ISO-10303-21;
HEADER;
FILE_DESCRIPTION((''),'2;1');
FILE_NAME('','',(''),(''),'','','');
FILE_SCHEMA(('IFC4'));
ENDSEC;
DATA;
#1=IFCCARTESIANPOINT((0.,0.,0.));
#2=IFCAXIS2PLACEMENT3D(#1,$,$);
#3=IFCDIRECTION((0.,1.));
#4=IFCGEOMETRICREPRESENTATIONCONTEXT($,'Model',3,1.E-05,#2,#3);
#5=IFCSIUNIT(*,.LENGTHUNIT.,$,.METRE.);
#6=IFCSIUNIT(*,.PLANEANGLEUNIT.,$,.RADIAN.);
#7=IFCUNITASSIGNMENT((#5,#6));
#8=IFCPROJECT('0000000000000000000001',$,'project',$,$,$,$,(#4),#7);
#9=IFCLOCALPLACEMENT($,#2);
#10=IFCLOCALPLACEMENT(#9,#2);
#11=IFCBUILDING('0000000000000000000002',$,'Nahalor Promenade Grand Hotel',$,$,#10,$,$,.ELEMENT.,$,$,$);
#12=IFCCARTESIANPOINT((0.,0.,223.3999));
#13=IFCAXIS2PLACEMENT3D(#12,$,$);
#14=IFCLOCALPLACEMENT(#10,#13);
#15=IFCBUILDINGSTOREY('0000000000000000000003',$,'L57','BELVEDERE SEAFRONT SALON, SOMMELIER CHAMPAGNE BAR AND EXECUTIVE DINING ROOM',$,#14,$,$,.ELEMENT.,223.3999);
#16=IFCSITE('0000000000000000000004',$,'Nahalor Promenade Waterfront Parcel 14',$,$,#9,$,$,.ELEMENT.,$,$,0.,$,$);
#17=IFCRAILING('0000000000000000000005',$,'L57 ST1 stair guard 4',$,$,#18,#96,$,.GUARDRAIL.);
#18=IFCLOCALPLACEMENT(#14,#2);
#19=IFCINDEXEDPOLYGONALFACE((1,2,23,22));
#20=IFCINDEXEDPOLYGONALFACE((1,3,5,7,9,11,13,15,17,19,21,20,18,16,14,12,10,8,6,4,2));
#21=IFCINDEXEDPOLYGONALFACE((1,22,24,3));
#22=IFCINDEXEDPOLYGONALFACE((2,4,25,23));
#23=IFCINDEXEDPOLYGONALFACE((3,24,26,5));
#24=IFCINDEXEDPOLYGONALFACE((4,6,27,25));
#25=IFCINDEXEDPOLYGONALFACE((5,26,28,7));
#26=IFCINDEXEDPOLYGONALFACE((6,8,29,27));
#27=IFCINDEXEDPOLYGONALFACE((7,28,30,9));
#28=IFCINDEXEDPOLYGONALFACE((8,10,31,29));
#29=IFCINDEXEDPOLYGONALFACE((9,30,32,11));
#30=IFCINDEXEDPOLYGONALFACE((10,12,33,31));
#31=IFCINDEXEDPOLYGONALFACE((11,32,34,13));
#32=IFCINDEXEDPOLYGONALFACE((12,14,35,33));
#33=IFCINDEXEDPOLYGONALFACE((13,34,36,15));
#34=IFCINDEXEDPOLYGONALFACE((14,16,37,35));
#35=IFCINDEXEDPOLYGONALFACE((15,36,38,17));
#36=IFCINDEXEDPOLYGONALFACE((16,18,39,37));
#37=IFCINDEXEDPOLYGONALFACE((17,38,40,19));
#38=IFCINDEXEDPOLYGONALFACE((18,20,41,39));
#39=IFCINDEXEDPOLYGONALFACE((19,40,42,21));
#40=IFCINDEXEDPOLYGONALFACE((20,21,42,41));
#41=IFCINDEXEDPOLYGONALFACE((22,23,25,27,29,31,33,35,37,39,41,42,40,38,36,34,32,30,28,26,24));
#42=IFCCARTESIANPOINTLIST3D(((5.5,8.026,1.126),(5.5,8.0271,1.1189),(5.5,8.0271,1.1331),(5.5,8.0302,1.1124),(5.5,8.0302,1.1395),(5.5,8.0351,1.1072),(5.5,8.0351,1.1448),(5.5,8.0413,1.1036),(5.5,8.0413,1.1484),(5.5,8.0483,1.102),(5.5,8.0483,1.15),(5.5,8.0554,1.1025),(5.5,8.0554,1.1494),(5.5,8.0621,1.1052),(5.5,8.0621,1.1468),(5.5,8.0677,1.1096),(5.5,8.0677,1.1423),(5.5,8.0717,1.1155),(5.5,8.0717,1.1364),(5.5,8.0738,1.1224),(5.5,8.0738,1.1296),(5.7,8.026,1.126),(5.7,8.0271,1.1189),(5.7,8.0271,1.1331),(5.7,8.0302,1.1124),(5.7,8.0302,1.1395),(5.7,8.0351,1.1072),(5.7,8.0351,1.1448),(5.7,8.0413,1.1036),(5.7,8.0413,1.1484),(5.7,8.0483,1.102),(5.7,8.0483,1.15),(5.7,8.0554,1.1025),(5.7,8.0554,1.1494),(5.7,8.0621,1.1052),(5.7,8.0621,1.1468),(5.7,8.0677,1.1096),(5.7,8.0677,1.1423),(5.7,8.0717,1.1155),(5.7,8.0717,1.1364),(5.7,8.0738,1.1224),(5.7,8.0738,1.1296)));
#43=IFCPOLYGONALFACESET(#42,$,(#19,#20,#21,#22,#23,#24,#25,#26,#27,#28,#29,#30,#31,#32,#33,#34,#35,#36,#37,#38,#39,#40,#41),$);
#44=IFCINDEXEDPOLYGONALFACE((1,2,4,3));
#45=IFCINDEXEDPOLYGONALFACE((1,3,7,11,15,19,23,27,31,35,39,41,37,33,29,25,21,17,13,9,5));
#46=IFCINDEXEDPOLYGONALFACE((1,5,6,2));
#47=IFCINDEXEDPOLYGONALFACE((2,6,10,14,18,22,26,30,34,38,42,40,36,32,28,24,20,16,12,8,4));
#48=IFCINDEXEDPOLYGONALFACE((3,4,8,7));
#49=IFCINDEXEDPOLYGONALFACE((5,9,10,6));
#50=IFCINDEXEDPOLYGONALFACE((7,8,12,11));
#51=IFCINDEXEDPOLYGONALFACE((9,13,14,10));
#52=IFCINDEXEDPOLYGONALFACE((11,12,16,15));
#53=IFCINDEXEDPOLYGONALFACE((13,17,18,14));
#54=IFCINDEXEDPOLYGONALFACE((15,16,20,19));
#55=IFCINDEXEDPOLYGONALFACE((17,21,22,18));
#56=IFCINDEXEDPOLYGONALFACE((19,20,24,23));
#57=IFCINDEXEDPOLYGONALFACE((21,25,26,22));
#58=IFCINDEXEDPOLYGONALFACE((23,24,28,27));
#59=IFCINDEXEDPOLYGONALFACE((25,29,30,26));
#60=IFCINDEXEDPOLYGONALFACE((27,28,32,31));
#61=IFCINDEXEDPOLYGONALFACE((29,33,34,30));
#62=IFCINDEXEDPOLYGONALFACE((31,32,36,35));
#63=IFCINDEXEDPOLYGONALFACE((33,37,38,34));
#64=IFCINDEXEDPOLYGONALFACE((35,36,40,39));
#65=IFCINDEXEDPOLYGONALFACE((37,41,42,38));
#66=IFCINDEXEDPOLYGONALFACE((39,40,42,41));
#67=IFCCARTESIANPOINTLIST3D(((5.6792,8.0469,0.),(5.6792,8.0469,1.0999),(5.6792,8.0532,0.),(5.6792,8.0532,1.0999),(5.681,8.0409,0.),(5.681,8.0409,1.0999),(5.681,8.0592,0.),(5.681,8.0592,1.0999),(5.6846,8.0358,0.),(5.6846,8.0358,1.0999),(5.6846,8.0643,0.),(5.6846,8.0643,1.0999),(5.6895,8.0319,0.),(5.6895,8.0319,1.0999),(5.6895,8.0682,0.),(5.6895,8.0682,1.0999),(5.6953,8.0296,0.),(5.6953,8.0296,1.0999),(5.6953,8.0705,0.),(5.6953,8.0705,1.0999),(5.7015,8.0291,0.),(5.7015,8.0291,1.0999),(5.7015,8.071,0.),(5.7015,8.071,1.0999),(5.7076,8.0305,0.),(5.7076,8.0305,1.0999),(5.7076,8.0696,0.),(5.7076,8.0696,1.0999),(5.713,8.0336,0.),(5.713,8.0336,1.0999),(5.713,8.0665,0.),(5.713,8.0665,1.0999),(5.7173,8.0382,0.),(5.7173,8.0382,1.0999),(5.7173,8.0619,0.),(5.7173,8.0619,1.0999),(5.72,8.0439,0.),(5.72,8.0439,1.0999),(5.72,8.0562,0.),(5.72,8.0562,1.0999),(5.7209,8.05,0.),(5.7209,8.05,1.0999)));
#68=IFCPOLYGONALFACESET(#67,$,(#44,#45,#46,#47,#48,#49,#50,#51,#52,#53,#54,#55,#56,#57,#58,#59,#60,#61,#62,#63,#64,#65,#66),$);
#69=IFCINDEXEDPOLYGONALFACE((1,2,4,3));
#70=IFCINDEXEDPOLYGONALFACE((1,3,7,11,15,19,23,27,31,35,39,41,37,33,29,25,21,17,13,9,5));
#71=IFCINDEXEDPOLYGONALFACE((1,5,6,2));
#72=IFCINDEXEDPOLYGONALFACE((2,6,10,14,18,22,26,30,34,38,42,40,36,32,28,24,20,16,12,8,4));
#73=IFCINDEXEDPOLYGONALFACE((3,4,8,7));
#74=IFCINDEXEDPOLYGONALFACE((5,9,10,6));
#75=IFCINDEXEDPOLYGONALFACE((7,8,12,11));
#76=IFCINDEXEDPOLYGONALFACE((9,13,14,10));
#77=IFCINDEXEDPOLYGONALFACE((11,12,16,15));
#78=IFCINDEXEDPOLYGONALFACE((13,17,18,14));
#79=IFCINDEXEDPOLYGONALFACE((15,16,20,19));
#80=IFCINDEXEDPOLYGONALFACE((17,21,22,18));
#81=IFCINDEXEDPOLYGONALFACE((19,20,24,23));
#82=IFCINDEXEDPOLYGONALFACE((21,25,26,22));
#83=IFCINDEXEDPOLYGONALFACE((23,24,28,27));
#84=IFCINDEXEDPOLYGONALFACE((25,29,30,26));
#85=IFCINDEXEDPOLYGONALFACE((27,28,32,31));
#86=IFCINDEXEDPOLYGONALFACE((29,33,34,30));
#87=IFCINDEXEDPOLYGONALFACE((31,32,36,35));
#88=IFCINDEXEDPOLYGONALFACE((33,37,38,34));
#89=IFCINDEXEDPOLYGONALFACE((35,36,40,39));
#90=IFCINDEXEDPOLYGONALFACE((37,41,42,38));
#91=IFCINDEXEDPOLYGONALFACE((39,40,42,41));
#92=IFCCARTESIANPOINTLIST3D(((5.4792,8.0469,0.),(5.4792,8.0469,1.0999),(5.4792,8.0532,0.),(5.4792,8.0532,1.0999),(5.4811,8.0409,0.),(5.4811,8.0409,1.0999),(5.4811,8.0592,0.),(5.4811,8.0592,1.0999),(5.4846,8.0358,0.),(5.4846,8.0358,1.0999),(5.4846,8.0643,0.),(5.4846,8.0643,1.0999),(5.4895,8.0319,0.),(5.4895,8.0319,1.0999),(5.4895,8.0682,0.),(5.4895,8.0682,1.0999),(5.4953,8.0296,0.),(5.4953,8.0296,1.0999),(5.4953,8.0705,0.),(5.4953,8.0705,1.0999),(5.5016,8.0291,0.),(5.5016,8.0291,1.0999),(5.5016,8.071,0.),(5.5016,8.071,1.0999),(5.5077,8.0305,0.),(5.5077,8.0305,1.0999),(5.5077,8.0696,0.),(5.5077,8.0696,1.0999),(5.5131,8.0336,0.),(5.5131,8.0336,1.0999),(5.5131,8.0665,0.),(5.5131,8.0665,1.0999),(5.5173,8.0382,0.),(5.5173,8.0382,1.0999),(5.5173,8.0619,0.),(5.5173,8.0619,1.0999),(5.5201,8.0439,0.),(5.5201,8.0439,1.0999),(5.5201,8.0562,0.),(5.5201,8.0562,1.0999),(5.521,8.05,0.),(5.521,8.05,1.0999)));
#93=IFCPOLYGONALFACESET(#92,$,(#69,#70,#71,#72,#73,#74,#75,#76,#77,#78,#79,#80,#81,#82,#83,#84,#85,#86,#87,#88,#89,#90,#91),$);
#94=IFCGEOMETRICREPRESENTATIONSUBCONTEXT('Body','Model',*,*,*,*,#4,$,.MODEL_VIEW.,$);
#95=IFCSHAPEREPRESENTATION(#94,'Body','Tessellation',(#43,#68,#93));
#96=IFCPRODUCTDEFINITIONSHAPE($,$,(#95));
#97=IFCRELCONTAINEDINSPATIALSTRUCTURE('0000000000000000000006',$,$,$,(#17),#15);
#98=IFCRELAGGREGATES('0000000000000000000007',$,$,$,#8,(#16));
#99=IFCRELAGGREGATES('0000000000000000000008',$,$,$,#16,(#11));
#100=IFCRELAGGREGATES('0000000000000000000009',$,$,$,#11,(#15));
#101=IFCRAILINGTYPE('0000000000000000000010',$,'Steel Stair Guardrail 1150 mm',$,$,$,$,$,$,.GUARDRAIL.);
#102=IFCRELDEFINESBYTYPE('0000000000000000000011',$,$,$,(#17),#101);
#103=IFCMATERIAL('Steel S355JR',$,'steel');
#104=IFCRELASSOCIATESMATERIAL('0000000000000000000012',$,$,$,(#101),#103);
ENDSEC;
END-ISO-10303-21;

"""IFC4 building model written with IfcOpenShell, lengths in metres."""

from ifc_helpers import new_model, si_unit, direction, frame, origin, origin_2d, place, context, subcontext, project, spatial, circle, extrude, material, type_object, element, save


model = new_model("IFC4")

# Units and contexts
model_context = context("Model", 3, precision=1e-05, world=origin(), true_north=direction((0.0, 1.0)))
body_context = subcontext(model_context, "Body", "Model", "MODEL_VIEW")
ifc_project = project(units=[si_unit("LENGTHUNIT", "METRE"), si_unit("PLANEANGLEUNIT", "RADIAN")], contexts=[model_context])

# Site, building, storey
site_placement = place(None, origin())
site = spatial("IfcSite", under=ifc_project, at=site_placement, Name="Nahalor Promenade Waterfront Parcel 14", CompositionType="ELEMENT", RefElevation=0.0)
building_placement = place(site_placement, origin())
building = spatial("IfcBuilding", under=site, at=building_placement, Name="Nahalor Promenade Grand Hotel", CompositionType="ELEMENT")
storey_placement = place(building_placement, frame((0.0, 0.0, 223.3999)))
storey = spatial("IfcBuildingStorey", under=building, at=storey_placement, Name="L57", Description="BELVEDERE SEAFRONT SALON, SOMMELIER CHAMPAGNE BAR AND EXECUTIVE DINING ROOM", CompositionType="ELEMENT", Elevation=223.3999)

# Shared definitions
ifc_material_1 = material(Name="Steel S355JR", Category="steel")

# Railing
railing_type_1 = type_object("IfcRailingType", Name="Steel Stair Guardrail 1150 mm", PredefinedType="GUARDRAIL", material=ifc_material_1)
railing_1_placement = place(storey_placement, frame((5.7, 8.05, 0.0)))
element("IfcRailing", 1, at=railing_1_placement, inside=storey, type_object=railing_type_1, Name="L57 ST1 stair guard 4", PredefinedType="GUARDRAIL", context=body_context, shape_type="SweptSolid", body=[
    extrude(circle(Radius=0.024, at=origin_2d()), frame((0.0, 0.0, 1.126), z_axis=(-1.0, 0.0, 0.0), x_axis=(0.0, -1.0, 0.0)), (0.0, 0.0, 1.0), 0.2),
    extrude(circle(Radius=0.021, at=origin_2d()), origin(), (0.0, 0.0, 1.0), 1.0999),
    extrude(circle(Radius=0.021, at=origin_2d()), frame((-0.2, 0.0, 0.0)), (0.0, 0.0, 1.0), 1.0999),
])

save(model, "model.ifc")
